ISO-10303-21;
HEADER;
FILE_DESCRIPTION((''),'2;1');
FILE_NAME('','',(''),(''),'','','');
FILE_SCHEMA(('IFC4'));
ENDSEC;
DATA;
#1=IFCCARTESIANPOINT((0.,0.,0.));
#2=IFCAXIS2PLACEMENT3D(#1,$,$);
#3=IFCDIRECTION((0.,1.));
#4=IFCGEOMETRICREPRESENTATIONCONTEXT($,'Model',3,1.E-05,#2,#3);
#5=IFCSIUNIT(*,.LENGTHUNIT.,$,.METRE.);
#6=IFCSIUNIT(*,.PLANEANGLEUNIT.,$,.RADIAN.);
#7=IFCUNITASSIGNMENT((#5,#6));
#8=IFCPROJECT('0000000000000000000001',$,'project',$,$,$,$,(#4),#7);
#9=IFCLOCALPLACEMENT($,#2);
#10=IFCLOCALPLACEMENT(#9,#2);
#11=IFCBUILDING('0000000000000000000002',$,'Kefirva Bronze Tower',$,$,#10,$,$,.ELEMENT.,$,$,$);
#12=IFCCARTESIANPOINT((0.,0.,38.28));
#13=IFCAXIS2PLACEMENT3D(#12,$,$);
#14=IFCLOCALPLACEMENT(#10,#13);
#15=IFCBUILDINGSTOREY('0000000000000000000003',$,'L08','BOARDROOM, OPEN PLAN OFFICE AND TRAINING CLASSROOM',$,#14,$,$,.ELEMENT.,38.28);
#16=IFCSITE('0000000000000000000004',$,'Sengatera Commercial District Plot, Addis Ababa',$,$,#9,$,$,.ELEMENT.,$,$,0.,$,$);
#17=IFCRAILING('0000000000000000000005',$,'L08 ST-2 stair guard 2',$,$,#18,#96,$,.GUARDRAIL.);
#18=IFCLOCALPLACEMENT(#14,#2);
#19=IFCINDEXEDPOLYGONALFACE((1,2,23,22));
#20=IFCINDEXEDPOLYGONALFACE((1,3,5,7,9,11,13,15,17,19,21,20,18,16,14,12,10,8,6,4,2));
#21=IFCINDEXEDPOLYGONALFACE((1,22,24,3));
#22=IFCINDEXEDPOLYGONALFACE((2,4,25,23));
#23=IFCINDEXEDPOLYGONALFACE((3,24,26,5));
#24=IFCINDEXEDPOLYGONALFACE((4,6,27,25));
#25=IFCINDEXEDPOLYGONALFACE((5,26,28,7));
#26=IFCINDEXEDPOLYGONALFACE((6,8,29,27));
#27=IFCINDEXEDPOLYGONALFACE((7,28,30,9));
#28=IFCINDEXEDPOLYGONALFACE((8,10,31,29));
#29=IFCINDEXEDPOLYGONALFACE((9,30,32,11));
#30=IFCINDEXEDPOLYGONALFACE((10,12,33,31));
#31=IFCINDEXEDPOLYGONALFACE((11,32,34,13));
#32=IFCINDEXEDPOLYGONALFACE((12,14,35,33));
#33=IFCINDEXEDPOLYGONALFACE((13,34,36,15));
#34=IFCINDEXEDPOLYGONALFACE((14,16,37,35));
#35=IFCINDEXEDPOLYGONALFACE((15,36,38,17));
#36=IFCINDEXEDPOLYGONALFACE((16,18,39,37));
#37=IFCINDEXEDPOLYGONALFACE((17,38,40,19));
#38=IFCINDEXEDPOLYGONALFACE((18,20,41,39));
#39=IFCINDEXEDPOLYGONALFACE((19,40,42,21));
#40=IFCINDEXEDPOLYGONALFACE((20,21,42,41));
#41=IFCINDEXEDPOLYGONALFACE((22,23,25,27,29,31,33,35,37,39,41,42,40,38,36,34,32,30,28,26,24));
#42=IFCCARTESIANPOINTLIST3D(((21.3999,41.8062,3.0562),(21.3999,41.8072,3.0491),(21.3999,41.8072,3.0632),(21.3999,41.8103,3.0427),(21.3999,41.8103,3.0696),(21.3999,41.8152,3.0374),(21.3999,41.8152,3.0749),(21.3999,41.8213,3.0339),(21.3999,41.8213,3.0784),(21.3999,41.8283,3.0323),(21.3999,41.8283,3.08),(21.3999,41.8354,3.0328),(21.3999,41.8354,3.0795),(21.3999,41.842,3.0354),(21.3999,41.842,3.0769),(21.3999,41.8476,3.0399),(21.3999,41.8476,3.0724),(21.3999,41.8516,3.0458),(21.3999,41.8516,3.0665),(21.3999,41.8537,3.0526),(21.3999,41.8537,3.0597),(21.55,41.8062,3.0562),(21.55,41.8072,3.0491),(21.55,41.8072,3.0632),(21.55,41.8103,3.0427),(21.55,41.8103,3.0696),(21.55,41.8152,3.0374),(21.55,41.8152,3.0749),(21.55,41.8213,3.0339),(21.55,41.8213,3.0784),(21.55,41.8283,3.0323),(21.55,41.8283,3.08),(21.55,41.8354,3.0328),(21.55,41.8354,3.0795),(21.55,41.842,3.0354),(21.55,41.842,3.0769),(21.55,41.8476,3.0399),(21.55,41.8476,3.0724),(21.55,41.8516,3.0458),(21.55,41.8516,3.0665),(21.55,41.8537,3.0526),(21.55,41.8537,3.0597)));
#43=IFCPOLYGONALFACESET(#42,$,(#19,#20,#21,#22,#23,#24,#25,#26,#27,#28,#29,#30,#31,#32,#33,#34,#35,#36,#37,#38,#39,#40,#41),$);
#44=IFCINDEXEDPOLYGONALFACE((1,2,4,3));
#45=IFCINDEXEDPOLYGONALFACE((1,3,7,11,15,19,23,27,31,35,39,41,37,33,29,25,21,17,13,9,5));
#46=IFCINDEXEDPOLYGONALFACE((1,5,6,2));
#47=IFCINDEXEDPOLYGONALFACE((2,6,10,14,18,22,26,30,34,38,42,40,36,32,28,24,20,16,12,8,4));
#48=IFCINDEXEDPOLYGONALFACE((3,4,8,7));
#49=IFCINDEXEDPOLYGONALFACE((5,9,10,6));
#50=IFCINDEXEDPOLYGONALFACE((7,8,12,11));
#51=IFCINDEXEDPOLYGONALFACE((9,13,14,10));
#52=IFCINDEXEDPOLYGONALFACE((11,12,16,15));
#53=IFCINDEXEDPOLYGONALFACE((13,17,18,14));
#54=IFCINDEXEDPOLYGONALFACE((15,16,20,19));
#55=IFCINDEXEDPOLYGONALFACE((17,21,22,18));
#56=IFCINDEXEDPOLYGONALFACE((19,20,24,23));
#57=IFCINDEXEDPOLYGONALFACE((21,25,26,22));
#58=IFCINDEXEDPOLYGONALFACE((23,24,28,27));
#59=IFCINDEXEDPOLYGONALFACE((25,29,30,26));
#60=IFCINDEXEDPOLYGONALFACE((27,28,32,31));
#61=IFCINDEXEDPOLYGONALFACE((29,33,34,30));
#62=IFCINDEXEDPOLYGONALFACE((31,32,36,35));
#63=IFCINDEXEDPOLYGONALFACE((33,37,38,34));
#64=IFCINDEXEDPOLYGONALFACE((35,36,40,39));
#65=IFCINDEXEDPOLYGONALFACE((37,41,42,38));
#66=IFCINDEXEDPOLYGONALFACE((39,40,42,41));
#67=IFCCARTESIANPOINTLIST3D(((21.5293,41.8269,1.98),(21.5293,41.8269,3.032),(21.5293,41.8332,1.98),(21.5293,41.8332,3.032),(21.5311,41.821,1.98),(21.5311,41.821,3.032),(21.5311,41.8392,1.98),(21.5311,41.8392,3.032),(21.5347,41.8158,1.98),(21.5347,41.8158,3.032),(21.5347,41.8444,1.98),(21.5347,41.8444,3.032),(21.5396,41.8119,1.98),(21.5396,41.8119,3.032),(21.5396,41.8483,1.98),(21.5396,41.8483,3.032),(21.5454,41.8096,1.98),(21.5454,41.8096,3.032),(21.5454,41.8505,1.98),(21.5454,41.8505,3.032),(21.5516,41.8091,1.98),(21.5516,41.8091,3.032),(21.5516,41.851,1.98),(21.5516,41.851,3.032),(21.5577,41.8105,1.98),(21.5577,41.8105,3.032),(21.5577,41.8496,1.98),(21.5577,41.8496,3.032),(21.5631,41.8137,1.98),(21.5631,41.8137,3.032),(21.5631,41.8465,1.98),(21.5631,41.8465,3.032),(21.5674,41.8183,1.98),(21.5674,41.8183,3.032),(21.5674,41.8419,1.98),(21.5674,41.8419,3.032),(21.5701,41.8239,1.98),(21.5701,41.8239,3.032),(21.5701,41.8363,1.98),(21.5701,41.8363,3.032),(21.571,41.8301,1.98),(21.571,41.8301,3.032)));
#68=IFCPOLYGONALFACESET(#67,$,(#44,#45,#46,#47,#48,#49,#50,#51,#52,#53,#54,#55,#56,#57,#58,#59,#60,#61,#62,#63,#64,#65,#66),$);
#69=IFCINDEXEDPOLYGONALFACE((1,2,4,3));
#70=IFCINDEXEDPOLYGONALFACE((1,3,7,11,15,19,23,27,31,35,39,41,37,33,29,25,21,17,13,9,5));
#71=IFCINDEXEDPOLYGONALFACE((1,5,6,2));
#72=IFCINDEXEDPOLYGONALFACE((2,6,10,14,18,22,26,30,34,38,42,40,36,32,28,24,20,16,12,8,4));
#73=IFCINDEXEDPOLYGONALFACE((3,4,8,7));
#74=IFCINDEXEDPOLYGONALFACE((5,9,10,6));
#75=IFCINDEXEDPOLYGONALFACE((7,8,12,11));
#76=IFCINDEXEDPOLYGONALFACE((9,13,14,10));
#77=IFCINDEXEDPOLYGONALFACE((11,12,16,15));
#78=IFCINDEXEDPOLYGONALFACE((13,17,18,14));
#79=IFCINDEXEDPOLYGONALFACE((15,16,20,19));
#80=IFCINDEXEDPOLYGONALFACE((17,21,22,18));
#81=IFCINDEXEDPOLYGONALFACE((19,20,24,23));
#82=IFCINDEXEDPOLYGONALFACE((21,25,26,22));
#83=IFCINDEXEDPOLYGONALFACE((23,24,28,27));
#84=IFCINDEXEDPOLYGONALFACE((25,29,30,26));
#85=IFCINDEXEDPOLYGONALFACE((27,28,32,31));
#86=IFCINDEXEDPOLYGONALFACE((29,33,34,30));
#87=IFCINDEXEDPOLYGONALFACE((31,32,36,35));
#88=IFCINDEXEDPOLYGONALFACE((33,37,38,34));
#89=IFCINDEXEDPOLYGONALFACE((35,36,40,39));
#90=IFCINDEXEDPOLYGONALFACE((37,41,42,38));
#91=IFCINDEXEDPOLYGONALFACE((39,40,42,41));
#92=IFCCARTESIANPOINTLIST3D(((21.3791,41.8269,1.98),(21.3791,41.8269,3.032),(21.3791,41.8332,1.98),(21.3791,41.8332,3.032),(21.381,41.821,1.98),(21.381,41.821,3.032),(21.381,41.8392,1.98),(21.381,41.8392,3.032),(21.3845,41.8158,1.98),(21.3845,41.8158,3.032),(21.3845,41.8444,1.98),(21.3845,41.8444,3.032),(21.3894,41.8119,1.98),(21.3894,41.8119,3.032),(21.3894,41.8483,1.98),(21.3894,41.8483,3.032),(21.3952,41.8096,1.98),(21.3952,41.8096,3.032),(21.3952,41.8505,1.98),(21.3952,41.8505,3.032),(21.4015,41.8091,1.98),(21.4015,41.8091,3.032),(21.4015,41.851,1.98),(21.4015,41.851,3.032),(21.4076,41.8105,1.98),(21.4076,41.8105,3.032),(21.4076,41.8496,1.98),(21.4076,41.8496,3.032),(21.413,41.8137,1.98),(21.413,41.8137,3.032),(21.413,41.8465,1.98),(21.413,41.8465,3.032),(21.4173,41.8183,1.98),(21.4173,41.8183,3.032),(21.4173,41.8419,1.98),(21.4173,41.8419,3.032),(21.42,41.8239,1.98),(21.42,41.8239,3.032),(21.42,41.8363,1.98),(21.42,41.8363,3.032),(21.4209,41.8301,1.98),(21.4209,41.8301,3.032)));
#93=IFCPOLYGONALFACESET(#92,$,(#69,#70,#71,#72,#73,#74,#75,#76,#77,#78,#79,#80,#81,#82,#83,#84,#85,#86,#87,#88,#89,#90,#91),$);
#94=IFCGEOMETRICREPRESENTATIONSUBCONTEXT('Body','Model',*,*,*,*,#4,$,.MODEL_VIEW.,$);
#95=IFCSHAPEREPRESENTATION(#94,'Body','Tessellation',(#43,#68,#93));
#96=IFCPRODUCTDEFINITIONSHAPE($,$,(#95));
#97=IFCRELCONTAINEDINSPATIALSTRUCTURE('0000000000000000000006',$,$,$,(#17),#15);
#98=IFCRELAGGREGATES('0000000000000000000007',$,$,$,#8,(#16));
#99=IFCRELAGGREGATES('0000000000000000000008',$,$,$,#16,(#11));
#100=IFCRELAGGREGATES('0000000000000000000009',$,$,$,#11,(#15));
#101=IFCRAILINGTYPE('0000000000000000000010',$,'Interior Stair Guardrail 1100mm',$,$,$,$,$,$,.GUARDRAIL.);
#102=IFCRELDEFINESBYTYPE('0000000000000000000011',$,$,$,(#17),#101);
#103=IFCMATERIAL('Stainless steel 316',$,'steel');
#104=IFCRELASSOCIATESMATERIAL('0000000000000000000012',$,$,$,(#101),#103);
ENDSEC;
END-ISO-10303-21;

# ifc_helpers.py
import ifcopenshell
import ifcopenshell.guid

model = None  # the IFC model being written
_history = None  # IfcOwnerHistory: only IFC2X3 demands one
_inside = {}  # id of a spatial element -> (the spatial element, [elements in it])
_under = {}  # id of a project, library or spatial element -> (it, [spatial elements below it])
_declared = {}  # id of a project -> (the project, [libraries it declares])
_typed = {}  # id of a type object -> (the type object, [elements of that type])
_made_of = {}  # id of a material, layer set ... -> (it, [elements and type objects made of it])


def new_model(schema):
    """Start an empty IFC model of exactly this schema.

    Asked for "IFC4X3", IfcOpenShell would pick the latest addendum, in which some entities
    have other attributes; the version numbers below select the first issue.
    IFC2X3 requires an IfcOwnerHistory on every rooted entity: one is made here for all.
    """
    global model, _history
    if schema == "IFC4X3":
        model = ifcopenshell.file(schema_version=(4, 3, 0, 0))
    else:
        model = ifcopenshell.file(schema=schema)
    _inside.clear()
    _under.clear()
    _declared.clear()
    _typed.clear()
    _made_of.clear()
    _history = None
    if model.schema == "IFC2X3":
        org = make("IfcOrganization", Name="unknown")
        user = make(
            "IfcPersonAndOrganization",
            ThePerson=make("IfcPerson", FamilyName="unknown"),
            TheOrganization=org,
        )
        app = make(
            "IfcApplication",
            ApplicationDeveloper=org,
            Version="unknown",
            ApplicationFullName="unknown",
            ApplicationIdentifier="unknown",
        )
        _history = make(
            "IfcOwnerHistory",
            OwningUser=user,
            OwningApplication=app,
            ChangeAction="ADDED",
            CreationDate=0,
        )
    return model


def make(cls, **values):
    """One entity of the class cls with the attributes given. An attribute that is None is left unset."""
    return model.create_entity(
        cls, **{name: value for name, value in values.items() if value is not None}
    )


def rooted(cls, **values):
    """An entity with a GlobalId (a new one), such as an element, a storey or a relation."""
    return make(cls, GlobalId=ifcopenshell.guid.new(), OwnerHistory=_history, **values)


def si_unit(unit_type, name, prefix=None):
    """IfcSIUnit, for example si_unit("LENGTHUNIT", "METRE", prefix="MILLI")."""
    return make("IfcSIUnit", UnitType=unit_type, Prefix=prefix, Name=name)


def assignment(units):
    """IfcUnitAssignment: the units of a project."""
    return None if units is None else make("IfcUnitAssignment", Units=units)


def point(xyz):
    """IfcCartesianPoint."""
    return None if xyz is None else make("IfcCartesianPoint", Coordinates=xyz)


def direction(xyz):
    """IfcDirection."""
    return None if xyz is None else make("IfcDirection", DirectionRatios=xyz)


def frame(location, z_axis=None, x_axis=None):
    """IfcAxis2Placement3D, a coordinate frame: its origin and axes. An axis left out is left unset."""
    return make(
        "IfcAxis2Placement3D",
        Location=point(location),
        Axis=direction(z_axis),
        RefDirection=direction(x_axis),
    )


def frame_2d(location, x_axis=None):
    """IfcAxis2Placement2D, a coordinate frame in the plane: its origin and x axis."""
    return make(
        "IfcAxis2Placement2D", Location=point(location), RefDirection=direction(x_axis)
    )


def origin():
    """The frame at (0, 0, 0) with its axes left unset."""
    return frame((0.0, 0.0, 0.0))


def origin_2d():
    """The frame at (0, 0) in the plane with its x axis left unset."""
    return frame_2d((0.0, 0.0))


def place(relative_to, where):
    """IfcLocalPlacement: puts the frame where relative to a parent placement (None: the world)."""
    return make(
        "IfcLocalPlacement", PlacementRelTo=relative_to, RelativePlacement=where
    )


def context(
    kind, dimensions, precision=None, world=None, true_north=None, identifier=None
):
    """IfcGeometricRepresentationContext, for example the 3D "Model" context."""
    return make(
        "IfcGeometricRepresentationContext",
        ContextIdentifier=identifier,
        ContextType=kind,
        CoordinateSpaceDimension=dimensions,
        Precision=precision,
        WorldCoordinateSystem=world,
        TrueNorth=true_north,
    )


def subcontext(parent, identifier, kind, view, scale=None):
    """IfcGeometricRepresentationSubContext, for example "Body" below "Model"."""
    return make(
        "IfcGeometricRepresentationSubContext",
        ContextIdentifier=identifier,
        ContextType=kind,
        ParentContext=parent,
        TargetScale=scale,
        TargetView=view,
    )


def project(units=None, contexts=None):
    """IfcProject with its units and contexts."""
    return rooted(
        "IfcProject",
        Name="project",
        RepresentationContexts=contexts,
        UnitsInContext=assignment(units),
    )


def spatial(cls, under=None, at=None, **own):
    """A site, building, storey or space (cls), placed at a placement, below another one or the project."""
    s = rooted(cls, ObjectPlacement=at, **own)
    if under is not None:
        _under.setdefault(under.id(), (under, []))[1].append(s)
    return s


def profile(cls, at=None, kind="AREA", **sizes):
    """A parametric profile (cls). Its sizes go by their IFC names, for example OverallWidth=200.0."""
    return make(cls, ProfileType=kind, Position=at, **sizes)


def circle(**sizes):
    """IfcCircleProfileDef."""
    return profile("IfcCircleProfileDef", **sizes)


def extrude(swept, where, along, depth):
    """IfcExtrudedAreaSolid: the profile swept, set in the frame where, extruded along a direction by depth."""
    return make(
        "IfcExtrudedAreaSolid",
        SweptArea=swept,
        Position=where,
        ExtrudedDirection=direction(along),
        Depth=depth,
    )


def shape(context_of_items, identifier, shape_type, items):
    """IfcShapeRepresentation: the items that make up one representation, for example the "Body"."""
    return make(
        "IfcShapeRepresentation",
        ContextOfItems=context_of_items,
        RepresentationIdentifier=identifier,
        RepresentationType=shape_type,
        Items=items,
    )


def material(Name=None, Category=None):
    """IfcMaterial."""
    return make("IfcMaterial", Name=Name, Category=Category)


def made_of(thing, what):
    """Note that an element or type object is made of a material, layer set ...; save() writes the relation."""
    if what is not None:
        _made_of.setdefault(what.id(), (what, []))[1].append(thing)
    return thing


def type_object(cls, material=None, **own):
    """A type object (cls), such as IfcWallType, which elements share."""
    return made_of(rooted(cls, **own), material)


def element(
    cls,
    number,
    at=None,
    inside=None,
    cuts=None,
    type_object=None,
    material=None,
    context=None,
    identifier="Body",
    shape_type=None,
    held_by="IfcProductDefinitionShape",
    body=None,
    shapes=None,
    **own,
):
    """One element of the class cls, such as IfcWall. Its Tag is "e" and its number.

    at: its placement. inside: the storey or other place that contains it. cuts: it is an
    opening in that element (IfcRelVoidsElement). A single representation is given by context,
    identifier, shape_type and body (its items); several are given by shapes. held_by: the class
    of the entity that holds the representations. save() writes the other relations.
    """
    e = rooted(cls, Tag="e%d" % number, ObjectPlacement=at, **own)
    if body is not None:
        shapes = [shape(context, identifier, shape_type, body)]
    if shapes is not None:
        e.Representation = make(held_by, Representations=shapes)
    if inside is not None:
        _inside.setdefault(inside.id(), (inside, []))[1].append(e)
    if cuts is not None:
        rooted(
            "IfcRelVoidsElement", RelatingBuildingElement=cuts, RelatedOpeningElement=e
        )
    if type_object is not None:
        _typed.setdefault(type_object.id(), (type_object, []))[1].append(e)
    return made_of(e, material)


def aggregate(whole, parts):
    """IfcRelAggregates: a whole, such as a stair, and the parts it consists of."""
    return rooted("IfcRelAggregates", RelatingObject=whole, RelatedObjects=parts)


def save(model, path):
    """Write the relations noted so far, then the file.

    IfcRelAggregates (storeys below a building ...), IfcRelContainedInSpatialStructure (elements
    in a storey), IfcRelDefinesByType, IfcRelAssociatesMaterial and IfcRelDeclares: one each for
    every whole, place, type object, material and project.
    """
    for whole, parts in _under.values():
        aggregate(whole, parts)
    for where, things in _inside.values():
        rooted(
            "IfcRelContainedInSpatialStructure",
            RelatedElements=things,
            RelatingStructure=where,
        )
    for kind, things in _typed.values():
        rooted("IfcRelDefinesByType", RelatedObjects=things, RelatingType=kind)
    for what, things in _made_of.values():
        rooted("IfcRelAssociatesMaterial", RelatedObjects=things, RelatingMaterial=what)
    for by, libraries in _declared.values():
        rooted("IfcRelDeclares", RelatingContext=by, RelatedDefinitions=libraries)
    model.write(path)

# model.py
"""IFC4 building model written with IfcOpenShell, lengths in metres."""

from ifc_helpers import new_model, si_unit, direction, frame, origin, origin_2d, place, context, subcontext, project, spatial, circle, extrude, material, type_object, element, save


model = new_model("IFC4")

# Units and contexts
model_context = context("Model", 3, precision=1e-05, world=origin(), true_north=direction((0.0, 1.0)))
body_context = subcontext(model_context, "Body", "Model", "MODEL_VIEW")
ifc_project = project(units=[si_unit("LENGTHUNIT", "METRE"), si_unit("PLANEANGLEUNIT", "RADIAN")], contexts=[model_context])

# Site, building, storey
site_placement = place(None, origin())
site = spatial("IfcSite", under=ifc_project, at=site_placement, Name="Sengatera Commercial District Plot, Addis Ababa", CompositionType="ELEMENT", RefElevation=0.0)
building_placement = place(site_placement, origin())
building = spatial("IfcBuilding", under=site, at=building_placement, Name="Kefirva Bronze Tower", CompositionType="ELEMENT")
storey_placement = place(building_placement, frame((0.0, 0.0, 38.28)))
storey = spatial("IfcBuildingStorey", under=building, at=storey_placement, Name="L08", Description="BOARDROOM, OPEN PLAN OFFICE AND TRAINING CLASSROOM", CompositionType="ELEMENT", Elevation=38.28)

# Railing
ifc_material_1 = material(Name="Stainless steel 316", Category="steel")
railing_type_1 = type_object("IfcRailingType", Name="Interior Stair Guardrail 1100mm", PredefinedType="GUARDRAIL", material=ifc_material_1)
railing_1_placement = place(storey_placement, frame((21.55, 41.8301, 1.98)))
element("IfcRailing", 1, at=railing_1_placement, inside=storey, type_object=railing_type_1, Name="L08 ST-2 stair guard 2", PredefinedType="GUARDRAIL", context=body_context, shape_type="SweptSolid", body=[
    extrude(circle(Radius=0.0239, at=origin_2d()), frame((0.0, 0.0, 1.0762), z_axis=(-1.0, 0.0, 0.0), x_axis=(0.0, -1.0, 0.0)), (0.0, 0.0, 1.0), 0.1501),
    extrude(circle(Radius=0.021, at=origin_2d()), origin(), (0.0, 0.0, 1.0), 1.052),
    extrude(circle(Radius=0.021, at=origin_2d()), frame((-0.1501, 0.0, 0.0)), (0.0, 0.0, 1.0), 1.052),
])

save(model, "model.ifc")
